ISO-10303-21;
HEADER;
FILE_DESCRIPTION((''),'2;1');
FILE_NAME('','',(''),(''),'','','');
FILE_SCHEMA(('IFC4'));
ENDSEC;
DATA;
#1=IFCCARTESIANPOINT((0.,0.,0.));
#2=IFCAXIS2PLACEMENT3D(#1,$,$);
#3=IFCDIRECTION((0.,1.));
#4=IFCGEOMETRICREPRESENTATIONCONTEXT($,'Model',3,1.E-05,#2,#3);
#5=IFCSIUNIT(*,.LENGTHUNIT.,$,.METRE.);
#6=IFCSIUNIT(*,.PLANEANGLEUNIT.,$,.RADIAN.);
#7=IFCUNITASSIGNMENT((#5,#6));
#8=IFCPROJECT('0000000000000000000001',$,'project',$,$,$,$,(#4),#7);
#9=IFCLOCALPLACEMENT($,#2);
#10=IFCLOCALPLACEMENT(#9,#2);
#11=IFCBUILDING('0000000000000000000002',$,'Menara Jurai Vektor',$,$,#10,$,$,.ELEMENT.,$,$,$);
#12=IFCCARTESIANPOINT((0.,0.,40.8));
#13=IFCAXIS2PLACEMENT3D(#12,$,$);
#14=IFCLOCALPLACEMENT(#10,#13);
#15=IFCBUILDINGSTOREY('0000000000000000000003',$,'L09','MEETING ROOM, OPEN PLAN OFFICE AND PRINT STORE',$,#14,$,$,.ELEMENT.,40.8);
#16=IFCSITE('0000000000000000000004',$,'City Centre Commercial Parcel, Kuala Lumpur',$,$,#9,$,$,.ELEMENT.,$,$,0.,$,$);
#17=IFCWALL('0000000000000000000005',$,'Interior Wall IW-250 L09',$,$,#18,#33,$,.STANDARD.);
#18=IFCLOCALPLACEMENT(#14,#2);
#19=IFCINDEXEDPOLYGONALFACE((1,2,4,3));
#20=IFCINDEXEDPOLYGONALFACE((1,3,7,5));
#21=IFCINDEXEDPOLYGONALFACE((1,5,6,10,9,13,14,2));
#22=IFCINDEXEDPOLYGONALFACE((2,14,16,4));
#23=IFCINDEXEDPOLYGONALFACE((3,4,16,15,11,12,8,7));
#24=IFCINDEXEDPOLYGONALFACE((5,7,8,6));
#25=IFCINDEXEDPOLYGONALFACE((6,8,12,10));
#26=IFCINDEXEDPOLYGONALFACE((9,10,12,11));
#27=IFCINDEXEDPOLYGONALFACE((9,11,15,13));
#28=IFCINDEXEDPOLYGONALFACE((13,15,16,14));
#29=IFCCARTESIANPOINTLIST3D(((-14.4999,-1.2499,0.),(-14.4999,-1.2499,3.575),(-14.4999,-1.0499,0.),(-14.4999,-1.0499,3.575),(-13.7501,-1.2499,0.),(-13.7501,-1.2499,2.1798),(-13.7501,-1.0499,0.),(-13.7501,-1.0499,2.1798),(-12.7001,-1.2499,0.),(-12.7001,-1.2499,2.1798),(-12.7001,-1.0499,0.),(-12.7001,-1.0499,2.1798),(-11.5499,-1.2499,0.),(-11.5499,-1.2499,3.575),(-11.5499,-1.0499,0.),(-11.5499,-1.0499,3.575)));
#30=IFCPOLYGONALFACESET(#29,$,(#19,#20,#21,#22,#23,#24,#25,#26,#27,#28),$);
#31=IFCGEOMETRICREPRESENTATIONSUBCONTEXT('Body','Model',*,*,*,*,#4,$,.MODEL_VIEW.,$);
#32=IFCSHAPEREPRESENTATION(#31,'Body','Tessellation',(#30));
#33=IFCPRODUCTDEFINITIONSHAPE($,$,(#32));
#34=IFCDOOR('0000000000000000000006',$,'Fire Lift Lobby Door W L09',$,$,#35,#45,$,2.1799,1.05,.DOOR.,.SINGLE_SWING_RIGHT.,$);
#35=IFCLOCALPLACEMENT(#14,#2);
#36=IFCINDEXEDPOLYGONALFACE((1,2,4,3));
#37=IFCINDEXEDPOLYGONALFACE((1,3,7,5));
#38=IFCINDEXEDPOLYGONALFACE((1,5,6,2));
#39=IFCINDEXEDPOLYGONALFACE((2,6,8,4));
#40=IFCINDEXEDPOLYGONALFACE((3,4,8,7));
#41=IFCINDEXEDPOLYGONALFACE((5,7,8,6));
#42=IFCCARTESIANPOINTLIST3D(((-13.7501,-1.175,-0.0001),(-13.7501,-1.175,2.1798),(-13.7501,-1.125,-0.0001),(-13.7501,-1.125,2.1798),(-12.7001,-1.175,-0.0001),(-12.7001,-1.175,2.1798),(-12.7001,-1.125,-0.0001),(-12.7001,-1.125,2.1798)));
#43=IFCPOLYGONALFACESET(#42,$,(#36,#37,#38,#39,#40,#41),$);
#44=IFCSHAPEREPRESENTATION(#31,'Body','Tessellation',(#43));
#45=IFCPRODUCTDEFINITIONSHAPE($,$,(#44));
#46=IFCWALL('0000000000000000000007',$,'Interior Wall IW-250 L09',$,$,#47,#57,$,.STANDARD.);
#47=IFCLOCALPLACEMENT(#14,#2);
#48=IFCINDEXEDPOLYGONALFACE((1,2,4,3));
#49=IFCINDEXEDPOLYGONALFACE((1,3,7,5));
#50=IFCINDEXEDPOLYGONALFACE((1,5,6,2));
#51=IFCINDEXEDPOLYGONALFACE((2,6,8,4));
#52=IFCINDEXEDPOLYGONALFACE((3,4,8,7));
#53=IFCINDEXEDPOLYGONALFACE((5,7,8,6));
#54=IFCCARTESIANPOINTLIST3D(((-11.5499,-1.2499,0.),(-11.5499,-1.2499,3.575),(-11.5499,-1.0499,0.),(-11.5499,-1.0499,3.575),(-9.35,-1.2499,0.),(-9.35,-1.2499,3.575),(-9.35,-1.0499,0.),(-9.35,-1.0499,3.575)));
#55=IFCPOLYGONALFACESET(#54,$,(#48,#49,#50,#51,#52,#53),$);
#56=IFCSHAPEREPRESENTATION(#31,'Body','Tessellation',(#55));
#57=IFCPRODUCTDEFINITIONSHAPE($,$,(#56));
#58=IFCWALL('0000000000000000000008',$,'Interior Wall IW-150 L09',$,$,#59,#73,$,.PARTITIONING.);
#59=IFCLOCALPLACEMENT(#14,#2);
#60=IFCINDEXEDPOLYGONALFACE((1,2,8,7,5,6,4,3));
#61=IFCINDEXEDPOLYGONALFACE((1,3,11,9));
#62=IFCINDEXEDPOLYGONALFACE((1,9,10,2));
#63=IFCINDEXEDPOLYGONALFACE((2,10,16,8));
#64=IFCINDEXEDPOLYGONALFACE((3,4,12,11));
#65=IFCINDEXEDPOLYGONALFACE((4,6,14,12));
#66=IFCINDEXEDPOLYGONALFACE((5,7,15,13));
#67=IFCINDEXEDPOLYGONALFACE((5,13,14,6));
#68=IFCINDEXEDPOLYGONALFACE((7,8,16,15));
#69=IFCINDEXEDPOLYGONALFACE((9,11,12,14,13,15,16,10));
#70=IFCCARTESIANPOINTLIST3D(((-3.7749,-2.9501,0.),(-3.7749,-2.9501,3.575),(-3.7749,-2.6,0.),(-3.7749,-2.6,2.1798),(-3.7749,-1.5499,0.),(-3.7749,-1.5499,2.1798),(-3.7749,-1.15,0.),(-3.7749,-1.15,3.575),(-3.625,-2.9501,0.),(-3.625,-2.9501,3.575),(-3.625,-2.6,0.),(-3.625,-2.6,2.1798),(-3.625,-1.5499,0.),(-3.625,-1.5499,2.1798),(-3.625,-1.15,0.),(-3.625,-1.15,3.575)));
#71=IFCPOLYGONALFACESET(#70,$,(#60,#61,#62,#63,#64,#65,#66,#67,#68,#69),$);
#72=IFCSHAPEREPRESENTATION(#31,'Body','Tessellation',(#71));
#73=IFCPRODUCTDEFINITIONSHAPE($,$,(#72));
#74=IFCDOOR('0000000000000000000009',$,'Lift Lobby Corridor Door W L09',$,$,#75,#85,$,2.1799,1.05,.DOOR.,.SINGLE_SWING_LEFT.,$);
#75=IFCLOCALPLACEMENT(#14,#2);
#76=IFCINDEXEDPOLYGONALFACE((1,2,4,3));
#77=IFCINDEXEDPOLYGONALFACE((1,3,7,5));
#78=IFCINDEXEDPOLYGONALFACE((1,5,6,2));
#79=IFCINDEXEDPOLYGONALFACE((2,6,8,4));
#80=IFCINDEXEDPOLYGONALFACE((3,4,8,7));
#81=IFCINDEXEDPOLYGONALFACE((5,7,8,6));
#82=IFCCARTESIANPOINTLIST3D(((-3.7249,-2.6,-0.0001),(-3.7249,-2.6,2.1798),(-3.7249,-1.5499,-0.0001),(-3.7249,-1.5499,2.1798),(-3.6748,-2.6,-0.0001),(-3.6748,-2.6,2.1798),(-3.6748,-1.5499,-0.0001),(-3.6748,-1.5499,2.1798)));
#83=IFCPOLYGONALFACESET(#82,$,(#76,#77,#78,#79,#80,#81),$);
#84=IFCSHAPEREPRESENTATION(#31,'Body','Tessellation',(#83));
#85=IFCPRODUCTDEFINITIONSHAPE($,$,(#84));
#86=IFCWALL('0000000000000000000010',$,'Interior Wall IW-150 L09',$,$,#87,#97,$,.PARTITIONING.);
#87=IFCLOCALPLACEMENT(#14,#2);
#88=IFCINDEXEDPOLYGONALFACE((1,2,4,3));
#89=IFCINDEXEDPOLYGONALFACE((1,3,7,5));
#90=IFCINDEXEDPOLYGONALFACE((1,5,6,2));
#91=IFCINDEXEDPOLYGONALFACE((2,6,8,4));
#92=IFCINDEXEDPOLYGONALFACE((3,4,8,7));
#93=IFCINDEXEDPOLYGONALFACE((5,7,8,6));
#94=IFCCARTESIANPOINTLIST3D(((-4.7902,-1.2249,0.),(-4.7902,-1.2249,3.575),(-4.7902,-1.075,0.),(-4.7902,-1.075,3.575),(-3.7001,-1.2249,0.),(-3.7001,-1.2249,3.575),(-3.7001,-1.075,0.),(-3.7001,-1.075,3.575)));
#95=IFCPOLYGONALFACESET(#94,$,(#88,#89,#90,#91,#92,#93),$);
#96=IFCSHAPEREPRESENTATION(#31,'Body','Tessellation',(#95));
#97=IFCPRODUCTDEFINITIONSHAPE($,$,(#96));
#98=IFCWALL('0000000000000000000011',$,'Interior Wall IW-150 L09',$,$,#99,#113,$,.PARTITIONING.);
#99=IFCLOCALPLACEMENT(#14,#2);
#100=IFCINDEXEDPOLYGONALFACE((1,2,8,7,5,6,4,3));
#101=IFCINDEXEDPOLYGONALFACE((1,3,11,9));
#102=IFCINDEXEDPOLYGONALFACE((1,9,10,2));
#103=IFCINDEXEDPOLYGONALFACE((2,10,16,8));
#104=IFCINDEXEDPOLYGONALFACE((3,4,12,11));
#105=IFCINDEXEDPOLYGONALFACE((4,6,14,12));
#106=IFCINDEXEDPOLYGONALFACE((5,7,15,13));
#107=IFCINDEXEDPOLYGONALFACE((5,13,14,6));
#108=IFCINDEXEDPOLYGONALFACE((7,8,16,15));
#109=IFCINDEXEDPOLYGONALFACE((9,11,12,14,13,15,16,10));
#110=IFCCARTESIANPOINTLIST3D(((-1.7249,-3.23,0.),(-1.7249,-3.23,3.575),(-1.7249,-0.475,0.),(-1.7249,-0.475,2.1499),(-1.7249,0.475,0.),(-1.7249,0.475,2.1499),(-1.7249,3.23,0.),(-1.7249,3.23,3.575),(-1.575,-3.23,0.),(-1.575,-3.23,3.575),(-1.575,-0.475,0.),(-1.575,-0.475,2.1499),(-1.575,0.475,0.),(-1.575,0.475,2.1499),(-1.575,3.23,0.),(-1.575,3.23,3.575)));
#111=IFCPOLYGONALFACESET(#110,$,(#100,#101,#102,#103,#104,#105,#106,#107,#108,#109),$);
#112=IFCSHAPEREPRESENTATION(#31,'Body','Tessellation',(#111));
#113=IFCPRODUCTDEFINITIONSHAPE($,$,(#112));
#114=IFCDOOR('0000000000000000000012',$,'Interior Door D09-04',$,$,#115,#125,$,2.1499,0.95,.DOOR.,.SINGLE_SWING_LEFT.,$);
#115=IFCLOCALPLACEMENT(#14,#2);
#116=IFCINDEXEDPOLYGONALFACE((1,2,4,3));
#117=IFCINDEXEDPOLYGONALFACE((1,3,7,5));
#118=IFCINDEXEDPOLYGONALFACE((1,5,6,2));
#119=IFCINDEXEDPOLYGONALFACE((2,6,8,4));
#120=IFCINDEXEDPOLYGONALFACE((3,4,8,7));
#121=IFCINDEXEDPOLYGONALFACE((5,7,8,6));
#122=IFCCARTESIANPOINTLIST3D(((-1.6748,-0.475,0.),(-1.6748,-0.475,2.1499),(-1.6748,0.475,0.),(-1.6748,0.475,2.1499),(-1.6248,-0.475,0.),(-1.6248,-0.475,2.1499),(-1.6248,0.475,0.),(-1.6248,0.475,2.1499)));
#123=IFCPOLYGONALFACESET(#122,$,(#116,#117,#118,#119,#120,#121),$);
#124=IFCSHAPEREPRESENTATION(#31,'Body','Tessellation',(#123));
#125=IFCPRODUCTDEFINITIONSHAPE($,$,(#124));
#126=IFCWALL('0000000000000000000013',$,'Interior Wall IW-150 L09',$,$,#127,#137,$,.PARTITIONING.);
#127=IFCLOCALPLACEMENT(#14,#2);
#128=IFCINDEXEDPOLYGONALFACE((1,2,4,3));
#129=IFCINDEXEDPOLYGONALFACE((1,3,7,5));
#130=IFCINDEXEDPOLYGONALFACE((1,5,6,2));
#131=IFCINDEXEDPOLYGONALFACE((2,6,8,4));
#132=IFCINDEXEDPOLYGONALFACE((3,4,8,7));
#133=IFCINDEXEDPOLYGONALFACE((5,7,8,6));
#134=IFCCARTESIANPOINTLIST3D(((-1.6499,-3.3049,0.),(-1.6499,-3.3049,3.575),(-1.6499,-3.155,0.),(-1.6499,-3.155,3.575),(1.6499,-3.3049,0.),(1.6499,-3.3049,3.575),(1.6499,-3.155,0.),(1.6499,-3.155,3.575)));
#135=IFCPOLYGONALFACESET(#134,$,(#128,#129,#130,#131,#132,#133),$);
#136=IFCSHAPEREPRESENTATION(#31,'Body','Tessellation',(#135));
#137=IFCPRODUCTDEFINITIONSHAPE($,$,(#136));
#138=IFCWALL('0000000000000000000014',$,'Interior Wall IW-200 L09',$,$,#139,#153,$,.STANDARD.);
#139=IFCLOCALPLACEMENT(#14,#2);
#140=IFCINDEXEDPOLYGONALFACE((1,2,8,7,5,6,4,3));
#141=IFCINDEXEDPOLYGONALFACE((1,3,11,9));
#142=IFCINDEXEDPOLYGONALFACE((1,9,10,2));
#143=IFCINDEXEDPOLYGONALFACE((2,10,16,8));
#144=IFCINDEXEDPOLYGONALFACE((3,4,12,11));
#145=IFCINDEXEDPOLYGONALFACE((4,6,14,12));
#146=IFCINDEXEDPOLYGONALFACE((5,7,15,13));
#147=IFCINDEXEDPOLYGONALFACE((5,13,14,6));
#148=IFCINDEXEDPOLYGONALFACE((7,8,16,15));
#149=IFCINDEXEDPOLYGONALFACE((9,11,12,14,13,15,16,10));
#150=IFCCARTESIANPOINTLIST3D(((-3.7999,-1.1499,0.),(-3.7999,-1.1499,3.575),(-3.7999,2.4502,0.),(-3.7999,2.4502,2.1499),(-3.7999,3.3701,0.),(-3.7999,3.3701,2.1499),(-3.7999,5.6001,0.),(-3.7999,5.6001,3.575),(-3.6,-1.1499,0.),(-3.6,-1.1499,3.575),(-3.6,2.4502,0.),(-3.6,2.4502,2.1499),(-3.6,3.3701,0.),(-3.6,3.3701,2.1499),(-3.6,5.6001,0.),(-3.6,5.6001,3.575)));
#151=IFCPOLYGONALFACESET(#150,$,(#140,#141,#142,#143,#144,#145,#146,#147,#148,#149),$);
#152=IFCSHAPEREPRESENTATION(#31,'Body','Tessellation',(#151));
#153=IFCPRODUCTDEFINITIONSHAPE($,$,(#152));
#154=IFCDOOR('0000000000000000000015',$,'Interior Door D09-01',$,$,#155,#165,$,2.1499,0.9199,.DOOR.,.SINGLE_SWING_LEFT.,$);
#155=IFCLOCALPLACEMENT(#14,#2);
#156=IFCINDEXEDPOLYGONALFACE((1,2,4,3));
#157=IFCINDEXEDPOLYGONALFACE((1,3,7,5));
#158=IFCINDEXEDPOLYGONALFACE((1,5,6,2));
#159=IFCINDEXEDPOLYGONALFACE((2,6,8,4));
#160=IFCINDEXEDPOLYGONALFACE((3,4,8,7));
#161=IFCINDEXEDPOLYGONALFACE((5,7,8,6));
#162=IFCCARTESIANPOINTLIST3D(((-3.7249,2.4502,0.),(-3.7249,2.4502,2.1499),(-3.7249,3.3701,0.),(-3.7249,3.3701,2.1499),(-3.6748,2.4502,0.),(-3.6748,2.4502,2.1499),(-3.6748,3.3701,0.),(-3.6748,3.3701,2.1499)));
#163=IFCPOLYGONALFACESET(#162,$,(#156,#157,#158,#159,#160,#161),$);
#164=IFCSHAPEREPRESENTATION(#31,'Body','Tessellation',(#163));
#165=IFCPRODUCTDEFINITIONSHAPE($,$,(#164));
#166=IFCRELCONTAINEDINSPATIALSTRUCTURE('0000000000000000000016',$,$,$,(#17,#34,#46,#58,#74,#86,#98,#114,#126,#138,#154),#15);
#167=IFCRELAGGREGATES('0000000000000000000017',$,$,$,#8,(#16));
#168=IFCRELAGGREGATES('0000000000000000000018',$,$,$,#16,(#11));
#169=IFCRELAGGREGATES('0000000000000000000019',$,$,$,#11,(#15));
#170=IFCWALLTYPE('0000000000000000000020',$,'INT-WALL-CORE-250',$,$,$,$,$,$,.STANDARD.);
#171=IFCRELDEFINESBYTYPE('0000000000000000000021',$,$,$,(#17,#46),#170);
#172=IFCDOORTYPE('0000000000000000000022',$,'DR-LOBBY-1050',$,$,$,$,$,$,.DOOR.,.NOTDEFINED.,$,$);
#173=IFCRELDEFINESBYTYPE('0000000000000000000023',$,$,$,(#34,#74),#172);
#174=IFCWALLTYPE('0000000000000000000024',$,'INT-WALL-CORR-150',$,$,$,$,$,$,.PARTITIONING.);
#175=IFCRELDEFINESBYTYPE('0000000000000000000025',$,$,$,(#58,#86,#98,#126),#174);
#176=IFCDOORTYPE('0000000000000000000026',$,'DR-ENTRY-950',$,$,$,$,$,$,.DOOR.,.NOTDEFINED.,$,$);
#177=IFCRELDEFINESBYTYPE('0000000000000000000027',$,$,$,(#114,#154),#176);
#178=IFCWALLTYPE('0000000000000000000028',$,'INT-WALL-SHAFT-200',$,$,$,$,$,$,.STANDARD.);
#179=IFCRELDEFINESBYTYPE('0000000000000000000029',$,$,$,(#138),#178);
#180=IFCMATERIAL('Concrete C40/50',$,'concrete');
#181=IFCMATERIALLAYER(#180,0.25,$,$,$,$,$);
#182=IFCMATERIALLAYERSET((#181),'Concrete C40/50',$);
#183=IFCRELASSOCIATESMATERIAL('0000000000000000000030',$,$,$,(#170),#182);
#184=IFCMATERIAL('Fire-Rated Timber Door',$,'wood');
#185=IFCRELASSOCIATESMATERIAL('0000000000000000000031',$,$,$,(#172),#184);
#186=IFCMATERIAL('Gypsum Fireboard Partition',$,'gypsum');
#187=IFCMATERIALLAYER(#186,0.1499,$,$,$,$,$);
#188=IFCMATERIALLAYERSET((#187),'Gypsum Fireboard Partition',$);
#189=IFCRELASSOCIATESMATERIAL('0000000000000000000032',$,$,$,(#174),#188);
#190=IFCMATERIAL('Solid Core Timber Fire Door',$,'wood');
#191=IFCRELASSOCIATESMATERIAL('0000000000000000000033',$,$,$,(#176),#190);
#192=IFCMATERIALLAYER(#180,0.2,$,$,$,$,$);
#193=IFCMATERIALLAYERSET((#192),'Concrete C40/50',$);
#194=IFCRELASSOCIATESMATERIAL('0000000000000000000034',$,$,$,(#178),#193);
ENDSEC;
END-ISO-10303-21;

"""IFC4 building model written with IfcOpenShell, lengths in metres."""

from ifc_helpers import new_model, si_unit, direction, frame, frame_2d, origin, place, context, subcontext, project, spatial, rectangle, extrude, material, layer, layer_set, type_object, element, fill, save


model = new_model("IFC4")

# Units and contexts
model_context = context("Model", 3, precision=1e-05, world=origin(), true_north=direction((0.0, 1.0)))
body_context = subcontext(model_context, "Body", "Model", "MODEL_VIEW")
ifc_project = project(units=[si_unit("LENGTHUNIT", "METRE"), si_unit("PLANEANGLEUNIT", "RADIAN")], contexts=[model_context])

# Site, building, storey
site_placement = place(None, origin())
site = spatial("IfcSite", under=ifc_project, at=site_placement, Name="City Centre Commercial Parcel, Kuala Lumpur", CompositionType="ELEMENT", RefElevation=0.0)
building_placement = place(site_placement, origin())
building = spatial("IfcBuilding", under=site, at=building_placement, Name="Menara Jurai Vektor", CompositionType="ELEMENT")
storey_placement = place(building_placement, frame((0.0, 0.0, 40.8)))
storey = spatial("IfcBuildingStorey", under=building, at=storey_placement, Name="L09", Description="MEETING ROOM, OPEN PLAN OFFICE AND PRINT STORE", CompositionType="ELEMENT", Elevation=40.8)

# Shared definitions
ifc_material_1 = material(Name="Concrete C40/50", Category="concrete")
ifc_layer_1 = layer(ifc_material_1, 0.25)
ifc_layer_set_1 = layer_set([ifc_layer_1], Name="Concrete C40/50")
wall_type_1 = type_object("IfcWallType", Name="INT-WALL-CORE-250", PredefinedType="STANDARD", material=ifc_layer_set_1)

# Wall, opening, door
wall_1_placement = place(storey_placement, frame((-14.5, -1.1499, 0.0), z_axis=(0.0, 0.0, 1.0), x_axis=(1.0, 0.0, 0.0)))
wall_1 = element("IfcWall", 1, at=wall_1_placement, inside=storey, type_object=wall_type_1, Name="Interior Wall IW-250 L09", PredefinedType="STANDARD", context=body_context, shape_type="SweptSolid", body=[
    extrude(rectangle(XDim=2.95, YDim=0.2, at=frame_2d((1.4751, 0.0))), origin(), (0.0, 0.0, 1.0), 3.575),
])
opening_1_placement = place(wall_1_placement, frame((0.75, 0.0, 0.0)))
opening_1 = element("IfcOpeningElement", 2, at=opening_1_placement, cuts=wall_1, PredefinedType="OPENING", context=body_context, shape_type="SweptSolid", body=[
    extrude(rectangle(XDim=1.05, YDim=2.1799, at=frame_2d((0.5249, 1.0898))), frame((0.0, 0.1099, 0.0), z_axis=(0.0, -1.0, 0.0), x_axis=(1.0, 0.0, 0.0)), (0.0, 0.0, 1.0), 0.22),
])
ifc_material_2 = material(Name="Fire-Rated Timber Door", Category="wood")
door_type_1 = type_object("IfcDoorType", Name="DR-LOBBY-1050", OperationType="NOTDEFINED", PredefinedType="DOOR", material=ifc_material_2)
door_1_placement = place(opening_1_placement, origin())
door_1 = element("IfcDoor", 3, at=door_1_placement, inside=storey, type_object=door_type_1, Name="Fire Lift Lobby Door W L09", OperationType="SINGLE_SWING_RIGHT", OverallHeight=2.1799, OverallWidth=1.05, PredefinedType="DOOR", context=body_context, shape_type="SweptSolid", body=[
    extrude(rectangle(XDim=1.05, YDim=2.1799, at=frame_2d((0.5249, 1.0898))), frame((0.0, 0.0249, 0.0), z_axis=(0.0, -1.0, 0.0), x_axis=(1.0, 0.0, 0.0)), (0.0, 0.0, 1.0), 0.05),
])
fill(opening_1, door_1)

# Wall
wall_2_placement = place(storey_placement, frame((-11.55, -1.1499, 0.0), z_axis=(0.0, 0.0, 1.0), x_axis=(1.0, 0.0, 0.0)))
element("IfcWall", 4, at=wall_2_placement, inside=storey, type_object=wall_type_1, Name="Interior Wall IW-250 L09", PredefinedType="STANDARD", context=body_context, shape_type="SweptSolid", body=[
    extrude(rectangle(XDim=2.2, YDim=0.2, at=frame_2d((1.1001, 0.0))), origin(), (0.0, 0.0, 1.0), 3.575),
])

# Wall, opening, door
ifc_material_3 = material(Name="Gypsum Fireboard Partition", Category="gypsum")
ifc_layer_2 = layer(ifc_material_3, 0.1499)
ifc_layer_set_2 = layer_set([ifc_layer_2], Name="Gypsum Fireboard Partition")
wall_type_2 = type_object("IfcWallType", Name="INT-WALL-CORR-150", PredefinedType="PARTITIONING", material=ifc_layer_set_2)
wall_3_placement = place(storey_placement, frame((-3.7, -2.95, 0.0), z_axis=(0.0, 0.0, 1.0), x_axis=(0.0, 1.0, 0.0)))
wall_3 = element("IfcWall", 5, at=wall_3_placement, inside=storey, type_object=wall_type_2, Name="Interior Wall IW-150 L09", PredefinedType="PARTITIONING", context=body_context, shape_type="SweptSolid", body=[
    extrude(rectangle(XDim=1.8, YDim=0.1499, at=frame_2d((0.8999, 0.0))), origin(), (0.0, 0.0, 1.0), 3.575),
])
opening_2_placement = place(wall_3_placement, frame((0.3501, 0.0, 0.0)))
opening_2 = element("IfcOpeningElement", 6, at=opening_2_placement, cuts=wall_3, PredefinedType="OPENING", context=body_context, shape_type="SweptSolid", body=[
    extrude(rectangle(XDim=1.05, YDim=2.1799, at=frame_2d((0.5249, 1.0898))), frame((0.0, 0.085, 0.0), z_axis=(0.0, -1.0, 0.0), x_axis=(1.0, 0.0, 0.0)), (0.0, 0.0, 1.0), 0.1699),
])
door_2_placement = place(opening_2_placement, origin())
door_2 = element("IfcDoor", 7, at=door_2_placement, inside=storey, type_object=door_type_1, Name="Lift Lobby Corridor Door W L09", OperationType="SINGLE_SWING_LEFT", OverallHeight=2.1799, OverallWidth=1.05, PredefinedType="DOOR", context=body_context, shape_type="SweptSolid", body=[
    extrude(rectangle(XDim=1.05, YDim=2.1799, at=frame_2d((0.5249, 1.0898))), frame((0.0, 0.0249, 0.0), z_axis=(0.0, -1.0, 0.0), x_axis=(1.0, 0.0, 0.0)), (0.0, 0.0, 1.0), 0.05),
])
fill(opening_2, door_2)

# Wall
wall_4_placement = place(storey_placement, frame((-4.79, -1.1499, 0.0), z_axis=(0.0, 0.0, 1.0), x_axis=(1.0, 0.0, 0.0)))
element("IfcWall", 8, at=wall_4_placement, inside=storey, type_object=wall_type_2, Name="Interior Wall IW-150 L09", PredefinedType="PARTITIONING", context=body_context, shape_type="SweptSolid", body=[
    extrude(rectangle(XDim=1.0901, YDim=0.1499, at=frame_2d((0.5449, 0.0))), origin(), (0.0, 0.0, 1.0), 3.575),
])

# Wall, opening, door
wall_5_placement = place(storey_placement, frame((-1.6499, -3.23, 0.0), z_axis=(0.0, 0.0, 1.0), x_axis=(0.0, 1.0, 0.0)))
wall_5 = element("IfcWall", 9, at=wall_5_placement, inside=storey, type_object=wall_type_2, Name="Interior Wall IW-150 L09", PredefinedType="PARTITIONING", context=body_context, shape_type="SweptSolid", body=[
    extrude(rectangle(XDim=6.46, YDim=0.1499, at=frame_2d((3.23, 0.0))), origin(), (0.0, 0.0, 1.0), 3.575),
])
opening_3_placement = place(wall_5_placement, frame((2.7549, 0.0, 0.0)))
opening_3 = element("IfcOpeningElement", 10, at=opening_3_placement, cuts=wall_5, PredefinedType="OPENING", context=body_context, shape_type="SweptSolid", body=[
    extrude(rectangle(XDim=0.95, YDim=2.1499, at=frame_2d((0.4751, 1.075))), frame((0.0, 0.085, 0.0), z_axis=(0.0, -1.0, 0.0), x_axis=(1.0, 0.0, 0.0)), (0.0, 0.0, 1.0), 0.1699),
])
ifc_material_4 = material(Name="Solid Core Timber Fire Door", Category="wood")
door_type_2 = type_object("IfcDoorType", Name="DR-ENTRY-950", OperationType="NOTDEFINED", PredefinedType="DOOR", material=ifc_material_4)
door_3_placement = place(opening_3_placement, origin())
door_3 = element("IfcDoor", 11, at=door_3_placement, inside=storey, type_object=door_type_2, Name="Interior Door D09-04", OperationType="SINGLE_SWING_LEFT", OverallHeight=2.1499, OverallWidth=0.95, PredefinedType="DOOR", context=body_context, shape_type="SweptSolid", body=[
    extrude(rectangle(XDim=0.95, YDim=2.1499, at=frame_2d((0.4751, 1.075))), frame((0.0, 0.0249, 0.0), z_axis=(0.0, -1.0, 0.0), x_axis=(1.0, 0.0, 0.0)), (0.0, 0.0, 1.0), 0.05),
])
fill(opening_3, door_3)

# Wall
wall_6_placement = place(storey_placement, frame((-1.6499, -3.23, 0.0), z_axis=(0.0, 0.0, 1.0), x_axis=(1.0, 0.0, 0.0)))
element("IfcWall", 12, at=wall_6_placement, inside=storey, type_object=wall_type_2, Name="Interior Wall IW-150 L09", PredefinedType="PARTITIONING", context=body_context, shape_type="SweptSolid", body=[
    extrude(rectangle(XDim=3.2998, YDim=0.1499, at=frame_2d((1.6499, 0.0))), origin(), (0.0, 0.0, 1.0), 3.575),
])

# Wall, opening, door
ifc_layer_3 = layer(ifc_material_1, 0.2)
ifc_layer_set_3 = layer_set([ifc_layer_3], Name="Concrete C40/50")
wall_type_3 = type_object("IfcWallType", Name="INT-WALL-SHAFT-200", PredefinedType="STANDARD", material=ifc_layer_set_3)
wall_7_placement = place(storey_placement, frame((-3.7, -1.1499, 0.0), z_axis=(0.0, 0.0, 1.0), x_axis=(0.0, 1.0, 0.0)))
wall_7 = element("IfcWall", 13, at=wall_7_placement, inside=storey, type_object=wall_type_3, Name="Interior Wall IW-200 L09", PredefinedType="STANDARD", context=body_context, shape_type="SweptSolid", body=[
    extrude(rectangle(XDim=6.75, YDim=0.2, at=frame_2d((3.375, 0.0))), origin(), (0.0, 0.0, 1.0), 3.575),
])
opening_4_placement = place(wall_7_placement, frame((3.6001, 0.0, 0.0)))
opening_4 = element("IfcOpeningElement", 14, at=opening_4_placement, cuts=wall_7, PredefinedType="OPENING", context=body_context, shape_type="SweptSolid", body=[
    extrude(rectangle(XDim=0.9199, YDim=2.1499, at=frame_2d((0.46, 1.075))), frame((0.0, 0.1099, 0.0), z_axis=(0.0, -1.0, 0.0), x_axis=(1.0, 0.0, 0.0)), (0.0, 0.0, 1.0), 0.22),
])
door_4_placement = place(opening_4_placement, origin())
door_4 = element("IfcDoor", 15, at=door_4_placement, inside=storey, type_object=door_type_2, Name="Interior Door D09-01", OperationType="SINGLE_SWING_LEFT", OverallHeight=2.1499, OverallWidth=0.9199, PredefinedType="DOOR", context=body_context, shape_type="SweptSolid", body=[
    extrude(rectangle(XDim=0.9199, YDim=2.1499, at=frame_2d((0.46, 1.075))), frame((0.0, 0.0249, 0.0), z_axis=(0.0, -1.0, 0.0), x_axis=(1.0, 0.0, 0.0)), (0.0, 0.0, 1.0), 0.05),
])
fill(opening_4, door_4)

save(model, "model.ifc")
